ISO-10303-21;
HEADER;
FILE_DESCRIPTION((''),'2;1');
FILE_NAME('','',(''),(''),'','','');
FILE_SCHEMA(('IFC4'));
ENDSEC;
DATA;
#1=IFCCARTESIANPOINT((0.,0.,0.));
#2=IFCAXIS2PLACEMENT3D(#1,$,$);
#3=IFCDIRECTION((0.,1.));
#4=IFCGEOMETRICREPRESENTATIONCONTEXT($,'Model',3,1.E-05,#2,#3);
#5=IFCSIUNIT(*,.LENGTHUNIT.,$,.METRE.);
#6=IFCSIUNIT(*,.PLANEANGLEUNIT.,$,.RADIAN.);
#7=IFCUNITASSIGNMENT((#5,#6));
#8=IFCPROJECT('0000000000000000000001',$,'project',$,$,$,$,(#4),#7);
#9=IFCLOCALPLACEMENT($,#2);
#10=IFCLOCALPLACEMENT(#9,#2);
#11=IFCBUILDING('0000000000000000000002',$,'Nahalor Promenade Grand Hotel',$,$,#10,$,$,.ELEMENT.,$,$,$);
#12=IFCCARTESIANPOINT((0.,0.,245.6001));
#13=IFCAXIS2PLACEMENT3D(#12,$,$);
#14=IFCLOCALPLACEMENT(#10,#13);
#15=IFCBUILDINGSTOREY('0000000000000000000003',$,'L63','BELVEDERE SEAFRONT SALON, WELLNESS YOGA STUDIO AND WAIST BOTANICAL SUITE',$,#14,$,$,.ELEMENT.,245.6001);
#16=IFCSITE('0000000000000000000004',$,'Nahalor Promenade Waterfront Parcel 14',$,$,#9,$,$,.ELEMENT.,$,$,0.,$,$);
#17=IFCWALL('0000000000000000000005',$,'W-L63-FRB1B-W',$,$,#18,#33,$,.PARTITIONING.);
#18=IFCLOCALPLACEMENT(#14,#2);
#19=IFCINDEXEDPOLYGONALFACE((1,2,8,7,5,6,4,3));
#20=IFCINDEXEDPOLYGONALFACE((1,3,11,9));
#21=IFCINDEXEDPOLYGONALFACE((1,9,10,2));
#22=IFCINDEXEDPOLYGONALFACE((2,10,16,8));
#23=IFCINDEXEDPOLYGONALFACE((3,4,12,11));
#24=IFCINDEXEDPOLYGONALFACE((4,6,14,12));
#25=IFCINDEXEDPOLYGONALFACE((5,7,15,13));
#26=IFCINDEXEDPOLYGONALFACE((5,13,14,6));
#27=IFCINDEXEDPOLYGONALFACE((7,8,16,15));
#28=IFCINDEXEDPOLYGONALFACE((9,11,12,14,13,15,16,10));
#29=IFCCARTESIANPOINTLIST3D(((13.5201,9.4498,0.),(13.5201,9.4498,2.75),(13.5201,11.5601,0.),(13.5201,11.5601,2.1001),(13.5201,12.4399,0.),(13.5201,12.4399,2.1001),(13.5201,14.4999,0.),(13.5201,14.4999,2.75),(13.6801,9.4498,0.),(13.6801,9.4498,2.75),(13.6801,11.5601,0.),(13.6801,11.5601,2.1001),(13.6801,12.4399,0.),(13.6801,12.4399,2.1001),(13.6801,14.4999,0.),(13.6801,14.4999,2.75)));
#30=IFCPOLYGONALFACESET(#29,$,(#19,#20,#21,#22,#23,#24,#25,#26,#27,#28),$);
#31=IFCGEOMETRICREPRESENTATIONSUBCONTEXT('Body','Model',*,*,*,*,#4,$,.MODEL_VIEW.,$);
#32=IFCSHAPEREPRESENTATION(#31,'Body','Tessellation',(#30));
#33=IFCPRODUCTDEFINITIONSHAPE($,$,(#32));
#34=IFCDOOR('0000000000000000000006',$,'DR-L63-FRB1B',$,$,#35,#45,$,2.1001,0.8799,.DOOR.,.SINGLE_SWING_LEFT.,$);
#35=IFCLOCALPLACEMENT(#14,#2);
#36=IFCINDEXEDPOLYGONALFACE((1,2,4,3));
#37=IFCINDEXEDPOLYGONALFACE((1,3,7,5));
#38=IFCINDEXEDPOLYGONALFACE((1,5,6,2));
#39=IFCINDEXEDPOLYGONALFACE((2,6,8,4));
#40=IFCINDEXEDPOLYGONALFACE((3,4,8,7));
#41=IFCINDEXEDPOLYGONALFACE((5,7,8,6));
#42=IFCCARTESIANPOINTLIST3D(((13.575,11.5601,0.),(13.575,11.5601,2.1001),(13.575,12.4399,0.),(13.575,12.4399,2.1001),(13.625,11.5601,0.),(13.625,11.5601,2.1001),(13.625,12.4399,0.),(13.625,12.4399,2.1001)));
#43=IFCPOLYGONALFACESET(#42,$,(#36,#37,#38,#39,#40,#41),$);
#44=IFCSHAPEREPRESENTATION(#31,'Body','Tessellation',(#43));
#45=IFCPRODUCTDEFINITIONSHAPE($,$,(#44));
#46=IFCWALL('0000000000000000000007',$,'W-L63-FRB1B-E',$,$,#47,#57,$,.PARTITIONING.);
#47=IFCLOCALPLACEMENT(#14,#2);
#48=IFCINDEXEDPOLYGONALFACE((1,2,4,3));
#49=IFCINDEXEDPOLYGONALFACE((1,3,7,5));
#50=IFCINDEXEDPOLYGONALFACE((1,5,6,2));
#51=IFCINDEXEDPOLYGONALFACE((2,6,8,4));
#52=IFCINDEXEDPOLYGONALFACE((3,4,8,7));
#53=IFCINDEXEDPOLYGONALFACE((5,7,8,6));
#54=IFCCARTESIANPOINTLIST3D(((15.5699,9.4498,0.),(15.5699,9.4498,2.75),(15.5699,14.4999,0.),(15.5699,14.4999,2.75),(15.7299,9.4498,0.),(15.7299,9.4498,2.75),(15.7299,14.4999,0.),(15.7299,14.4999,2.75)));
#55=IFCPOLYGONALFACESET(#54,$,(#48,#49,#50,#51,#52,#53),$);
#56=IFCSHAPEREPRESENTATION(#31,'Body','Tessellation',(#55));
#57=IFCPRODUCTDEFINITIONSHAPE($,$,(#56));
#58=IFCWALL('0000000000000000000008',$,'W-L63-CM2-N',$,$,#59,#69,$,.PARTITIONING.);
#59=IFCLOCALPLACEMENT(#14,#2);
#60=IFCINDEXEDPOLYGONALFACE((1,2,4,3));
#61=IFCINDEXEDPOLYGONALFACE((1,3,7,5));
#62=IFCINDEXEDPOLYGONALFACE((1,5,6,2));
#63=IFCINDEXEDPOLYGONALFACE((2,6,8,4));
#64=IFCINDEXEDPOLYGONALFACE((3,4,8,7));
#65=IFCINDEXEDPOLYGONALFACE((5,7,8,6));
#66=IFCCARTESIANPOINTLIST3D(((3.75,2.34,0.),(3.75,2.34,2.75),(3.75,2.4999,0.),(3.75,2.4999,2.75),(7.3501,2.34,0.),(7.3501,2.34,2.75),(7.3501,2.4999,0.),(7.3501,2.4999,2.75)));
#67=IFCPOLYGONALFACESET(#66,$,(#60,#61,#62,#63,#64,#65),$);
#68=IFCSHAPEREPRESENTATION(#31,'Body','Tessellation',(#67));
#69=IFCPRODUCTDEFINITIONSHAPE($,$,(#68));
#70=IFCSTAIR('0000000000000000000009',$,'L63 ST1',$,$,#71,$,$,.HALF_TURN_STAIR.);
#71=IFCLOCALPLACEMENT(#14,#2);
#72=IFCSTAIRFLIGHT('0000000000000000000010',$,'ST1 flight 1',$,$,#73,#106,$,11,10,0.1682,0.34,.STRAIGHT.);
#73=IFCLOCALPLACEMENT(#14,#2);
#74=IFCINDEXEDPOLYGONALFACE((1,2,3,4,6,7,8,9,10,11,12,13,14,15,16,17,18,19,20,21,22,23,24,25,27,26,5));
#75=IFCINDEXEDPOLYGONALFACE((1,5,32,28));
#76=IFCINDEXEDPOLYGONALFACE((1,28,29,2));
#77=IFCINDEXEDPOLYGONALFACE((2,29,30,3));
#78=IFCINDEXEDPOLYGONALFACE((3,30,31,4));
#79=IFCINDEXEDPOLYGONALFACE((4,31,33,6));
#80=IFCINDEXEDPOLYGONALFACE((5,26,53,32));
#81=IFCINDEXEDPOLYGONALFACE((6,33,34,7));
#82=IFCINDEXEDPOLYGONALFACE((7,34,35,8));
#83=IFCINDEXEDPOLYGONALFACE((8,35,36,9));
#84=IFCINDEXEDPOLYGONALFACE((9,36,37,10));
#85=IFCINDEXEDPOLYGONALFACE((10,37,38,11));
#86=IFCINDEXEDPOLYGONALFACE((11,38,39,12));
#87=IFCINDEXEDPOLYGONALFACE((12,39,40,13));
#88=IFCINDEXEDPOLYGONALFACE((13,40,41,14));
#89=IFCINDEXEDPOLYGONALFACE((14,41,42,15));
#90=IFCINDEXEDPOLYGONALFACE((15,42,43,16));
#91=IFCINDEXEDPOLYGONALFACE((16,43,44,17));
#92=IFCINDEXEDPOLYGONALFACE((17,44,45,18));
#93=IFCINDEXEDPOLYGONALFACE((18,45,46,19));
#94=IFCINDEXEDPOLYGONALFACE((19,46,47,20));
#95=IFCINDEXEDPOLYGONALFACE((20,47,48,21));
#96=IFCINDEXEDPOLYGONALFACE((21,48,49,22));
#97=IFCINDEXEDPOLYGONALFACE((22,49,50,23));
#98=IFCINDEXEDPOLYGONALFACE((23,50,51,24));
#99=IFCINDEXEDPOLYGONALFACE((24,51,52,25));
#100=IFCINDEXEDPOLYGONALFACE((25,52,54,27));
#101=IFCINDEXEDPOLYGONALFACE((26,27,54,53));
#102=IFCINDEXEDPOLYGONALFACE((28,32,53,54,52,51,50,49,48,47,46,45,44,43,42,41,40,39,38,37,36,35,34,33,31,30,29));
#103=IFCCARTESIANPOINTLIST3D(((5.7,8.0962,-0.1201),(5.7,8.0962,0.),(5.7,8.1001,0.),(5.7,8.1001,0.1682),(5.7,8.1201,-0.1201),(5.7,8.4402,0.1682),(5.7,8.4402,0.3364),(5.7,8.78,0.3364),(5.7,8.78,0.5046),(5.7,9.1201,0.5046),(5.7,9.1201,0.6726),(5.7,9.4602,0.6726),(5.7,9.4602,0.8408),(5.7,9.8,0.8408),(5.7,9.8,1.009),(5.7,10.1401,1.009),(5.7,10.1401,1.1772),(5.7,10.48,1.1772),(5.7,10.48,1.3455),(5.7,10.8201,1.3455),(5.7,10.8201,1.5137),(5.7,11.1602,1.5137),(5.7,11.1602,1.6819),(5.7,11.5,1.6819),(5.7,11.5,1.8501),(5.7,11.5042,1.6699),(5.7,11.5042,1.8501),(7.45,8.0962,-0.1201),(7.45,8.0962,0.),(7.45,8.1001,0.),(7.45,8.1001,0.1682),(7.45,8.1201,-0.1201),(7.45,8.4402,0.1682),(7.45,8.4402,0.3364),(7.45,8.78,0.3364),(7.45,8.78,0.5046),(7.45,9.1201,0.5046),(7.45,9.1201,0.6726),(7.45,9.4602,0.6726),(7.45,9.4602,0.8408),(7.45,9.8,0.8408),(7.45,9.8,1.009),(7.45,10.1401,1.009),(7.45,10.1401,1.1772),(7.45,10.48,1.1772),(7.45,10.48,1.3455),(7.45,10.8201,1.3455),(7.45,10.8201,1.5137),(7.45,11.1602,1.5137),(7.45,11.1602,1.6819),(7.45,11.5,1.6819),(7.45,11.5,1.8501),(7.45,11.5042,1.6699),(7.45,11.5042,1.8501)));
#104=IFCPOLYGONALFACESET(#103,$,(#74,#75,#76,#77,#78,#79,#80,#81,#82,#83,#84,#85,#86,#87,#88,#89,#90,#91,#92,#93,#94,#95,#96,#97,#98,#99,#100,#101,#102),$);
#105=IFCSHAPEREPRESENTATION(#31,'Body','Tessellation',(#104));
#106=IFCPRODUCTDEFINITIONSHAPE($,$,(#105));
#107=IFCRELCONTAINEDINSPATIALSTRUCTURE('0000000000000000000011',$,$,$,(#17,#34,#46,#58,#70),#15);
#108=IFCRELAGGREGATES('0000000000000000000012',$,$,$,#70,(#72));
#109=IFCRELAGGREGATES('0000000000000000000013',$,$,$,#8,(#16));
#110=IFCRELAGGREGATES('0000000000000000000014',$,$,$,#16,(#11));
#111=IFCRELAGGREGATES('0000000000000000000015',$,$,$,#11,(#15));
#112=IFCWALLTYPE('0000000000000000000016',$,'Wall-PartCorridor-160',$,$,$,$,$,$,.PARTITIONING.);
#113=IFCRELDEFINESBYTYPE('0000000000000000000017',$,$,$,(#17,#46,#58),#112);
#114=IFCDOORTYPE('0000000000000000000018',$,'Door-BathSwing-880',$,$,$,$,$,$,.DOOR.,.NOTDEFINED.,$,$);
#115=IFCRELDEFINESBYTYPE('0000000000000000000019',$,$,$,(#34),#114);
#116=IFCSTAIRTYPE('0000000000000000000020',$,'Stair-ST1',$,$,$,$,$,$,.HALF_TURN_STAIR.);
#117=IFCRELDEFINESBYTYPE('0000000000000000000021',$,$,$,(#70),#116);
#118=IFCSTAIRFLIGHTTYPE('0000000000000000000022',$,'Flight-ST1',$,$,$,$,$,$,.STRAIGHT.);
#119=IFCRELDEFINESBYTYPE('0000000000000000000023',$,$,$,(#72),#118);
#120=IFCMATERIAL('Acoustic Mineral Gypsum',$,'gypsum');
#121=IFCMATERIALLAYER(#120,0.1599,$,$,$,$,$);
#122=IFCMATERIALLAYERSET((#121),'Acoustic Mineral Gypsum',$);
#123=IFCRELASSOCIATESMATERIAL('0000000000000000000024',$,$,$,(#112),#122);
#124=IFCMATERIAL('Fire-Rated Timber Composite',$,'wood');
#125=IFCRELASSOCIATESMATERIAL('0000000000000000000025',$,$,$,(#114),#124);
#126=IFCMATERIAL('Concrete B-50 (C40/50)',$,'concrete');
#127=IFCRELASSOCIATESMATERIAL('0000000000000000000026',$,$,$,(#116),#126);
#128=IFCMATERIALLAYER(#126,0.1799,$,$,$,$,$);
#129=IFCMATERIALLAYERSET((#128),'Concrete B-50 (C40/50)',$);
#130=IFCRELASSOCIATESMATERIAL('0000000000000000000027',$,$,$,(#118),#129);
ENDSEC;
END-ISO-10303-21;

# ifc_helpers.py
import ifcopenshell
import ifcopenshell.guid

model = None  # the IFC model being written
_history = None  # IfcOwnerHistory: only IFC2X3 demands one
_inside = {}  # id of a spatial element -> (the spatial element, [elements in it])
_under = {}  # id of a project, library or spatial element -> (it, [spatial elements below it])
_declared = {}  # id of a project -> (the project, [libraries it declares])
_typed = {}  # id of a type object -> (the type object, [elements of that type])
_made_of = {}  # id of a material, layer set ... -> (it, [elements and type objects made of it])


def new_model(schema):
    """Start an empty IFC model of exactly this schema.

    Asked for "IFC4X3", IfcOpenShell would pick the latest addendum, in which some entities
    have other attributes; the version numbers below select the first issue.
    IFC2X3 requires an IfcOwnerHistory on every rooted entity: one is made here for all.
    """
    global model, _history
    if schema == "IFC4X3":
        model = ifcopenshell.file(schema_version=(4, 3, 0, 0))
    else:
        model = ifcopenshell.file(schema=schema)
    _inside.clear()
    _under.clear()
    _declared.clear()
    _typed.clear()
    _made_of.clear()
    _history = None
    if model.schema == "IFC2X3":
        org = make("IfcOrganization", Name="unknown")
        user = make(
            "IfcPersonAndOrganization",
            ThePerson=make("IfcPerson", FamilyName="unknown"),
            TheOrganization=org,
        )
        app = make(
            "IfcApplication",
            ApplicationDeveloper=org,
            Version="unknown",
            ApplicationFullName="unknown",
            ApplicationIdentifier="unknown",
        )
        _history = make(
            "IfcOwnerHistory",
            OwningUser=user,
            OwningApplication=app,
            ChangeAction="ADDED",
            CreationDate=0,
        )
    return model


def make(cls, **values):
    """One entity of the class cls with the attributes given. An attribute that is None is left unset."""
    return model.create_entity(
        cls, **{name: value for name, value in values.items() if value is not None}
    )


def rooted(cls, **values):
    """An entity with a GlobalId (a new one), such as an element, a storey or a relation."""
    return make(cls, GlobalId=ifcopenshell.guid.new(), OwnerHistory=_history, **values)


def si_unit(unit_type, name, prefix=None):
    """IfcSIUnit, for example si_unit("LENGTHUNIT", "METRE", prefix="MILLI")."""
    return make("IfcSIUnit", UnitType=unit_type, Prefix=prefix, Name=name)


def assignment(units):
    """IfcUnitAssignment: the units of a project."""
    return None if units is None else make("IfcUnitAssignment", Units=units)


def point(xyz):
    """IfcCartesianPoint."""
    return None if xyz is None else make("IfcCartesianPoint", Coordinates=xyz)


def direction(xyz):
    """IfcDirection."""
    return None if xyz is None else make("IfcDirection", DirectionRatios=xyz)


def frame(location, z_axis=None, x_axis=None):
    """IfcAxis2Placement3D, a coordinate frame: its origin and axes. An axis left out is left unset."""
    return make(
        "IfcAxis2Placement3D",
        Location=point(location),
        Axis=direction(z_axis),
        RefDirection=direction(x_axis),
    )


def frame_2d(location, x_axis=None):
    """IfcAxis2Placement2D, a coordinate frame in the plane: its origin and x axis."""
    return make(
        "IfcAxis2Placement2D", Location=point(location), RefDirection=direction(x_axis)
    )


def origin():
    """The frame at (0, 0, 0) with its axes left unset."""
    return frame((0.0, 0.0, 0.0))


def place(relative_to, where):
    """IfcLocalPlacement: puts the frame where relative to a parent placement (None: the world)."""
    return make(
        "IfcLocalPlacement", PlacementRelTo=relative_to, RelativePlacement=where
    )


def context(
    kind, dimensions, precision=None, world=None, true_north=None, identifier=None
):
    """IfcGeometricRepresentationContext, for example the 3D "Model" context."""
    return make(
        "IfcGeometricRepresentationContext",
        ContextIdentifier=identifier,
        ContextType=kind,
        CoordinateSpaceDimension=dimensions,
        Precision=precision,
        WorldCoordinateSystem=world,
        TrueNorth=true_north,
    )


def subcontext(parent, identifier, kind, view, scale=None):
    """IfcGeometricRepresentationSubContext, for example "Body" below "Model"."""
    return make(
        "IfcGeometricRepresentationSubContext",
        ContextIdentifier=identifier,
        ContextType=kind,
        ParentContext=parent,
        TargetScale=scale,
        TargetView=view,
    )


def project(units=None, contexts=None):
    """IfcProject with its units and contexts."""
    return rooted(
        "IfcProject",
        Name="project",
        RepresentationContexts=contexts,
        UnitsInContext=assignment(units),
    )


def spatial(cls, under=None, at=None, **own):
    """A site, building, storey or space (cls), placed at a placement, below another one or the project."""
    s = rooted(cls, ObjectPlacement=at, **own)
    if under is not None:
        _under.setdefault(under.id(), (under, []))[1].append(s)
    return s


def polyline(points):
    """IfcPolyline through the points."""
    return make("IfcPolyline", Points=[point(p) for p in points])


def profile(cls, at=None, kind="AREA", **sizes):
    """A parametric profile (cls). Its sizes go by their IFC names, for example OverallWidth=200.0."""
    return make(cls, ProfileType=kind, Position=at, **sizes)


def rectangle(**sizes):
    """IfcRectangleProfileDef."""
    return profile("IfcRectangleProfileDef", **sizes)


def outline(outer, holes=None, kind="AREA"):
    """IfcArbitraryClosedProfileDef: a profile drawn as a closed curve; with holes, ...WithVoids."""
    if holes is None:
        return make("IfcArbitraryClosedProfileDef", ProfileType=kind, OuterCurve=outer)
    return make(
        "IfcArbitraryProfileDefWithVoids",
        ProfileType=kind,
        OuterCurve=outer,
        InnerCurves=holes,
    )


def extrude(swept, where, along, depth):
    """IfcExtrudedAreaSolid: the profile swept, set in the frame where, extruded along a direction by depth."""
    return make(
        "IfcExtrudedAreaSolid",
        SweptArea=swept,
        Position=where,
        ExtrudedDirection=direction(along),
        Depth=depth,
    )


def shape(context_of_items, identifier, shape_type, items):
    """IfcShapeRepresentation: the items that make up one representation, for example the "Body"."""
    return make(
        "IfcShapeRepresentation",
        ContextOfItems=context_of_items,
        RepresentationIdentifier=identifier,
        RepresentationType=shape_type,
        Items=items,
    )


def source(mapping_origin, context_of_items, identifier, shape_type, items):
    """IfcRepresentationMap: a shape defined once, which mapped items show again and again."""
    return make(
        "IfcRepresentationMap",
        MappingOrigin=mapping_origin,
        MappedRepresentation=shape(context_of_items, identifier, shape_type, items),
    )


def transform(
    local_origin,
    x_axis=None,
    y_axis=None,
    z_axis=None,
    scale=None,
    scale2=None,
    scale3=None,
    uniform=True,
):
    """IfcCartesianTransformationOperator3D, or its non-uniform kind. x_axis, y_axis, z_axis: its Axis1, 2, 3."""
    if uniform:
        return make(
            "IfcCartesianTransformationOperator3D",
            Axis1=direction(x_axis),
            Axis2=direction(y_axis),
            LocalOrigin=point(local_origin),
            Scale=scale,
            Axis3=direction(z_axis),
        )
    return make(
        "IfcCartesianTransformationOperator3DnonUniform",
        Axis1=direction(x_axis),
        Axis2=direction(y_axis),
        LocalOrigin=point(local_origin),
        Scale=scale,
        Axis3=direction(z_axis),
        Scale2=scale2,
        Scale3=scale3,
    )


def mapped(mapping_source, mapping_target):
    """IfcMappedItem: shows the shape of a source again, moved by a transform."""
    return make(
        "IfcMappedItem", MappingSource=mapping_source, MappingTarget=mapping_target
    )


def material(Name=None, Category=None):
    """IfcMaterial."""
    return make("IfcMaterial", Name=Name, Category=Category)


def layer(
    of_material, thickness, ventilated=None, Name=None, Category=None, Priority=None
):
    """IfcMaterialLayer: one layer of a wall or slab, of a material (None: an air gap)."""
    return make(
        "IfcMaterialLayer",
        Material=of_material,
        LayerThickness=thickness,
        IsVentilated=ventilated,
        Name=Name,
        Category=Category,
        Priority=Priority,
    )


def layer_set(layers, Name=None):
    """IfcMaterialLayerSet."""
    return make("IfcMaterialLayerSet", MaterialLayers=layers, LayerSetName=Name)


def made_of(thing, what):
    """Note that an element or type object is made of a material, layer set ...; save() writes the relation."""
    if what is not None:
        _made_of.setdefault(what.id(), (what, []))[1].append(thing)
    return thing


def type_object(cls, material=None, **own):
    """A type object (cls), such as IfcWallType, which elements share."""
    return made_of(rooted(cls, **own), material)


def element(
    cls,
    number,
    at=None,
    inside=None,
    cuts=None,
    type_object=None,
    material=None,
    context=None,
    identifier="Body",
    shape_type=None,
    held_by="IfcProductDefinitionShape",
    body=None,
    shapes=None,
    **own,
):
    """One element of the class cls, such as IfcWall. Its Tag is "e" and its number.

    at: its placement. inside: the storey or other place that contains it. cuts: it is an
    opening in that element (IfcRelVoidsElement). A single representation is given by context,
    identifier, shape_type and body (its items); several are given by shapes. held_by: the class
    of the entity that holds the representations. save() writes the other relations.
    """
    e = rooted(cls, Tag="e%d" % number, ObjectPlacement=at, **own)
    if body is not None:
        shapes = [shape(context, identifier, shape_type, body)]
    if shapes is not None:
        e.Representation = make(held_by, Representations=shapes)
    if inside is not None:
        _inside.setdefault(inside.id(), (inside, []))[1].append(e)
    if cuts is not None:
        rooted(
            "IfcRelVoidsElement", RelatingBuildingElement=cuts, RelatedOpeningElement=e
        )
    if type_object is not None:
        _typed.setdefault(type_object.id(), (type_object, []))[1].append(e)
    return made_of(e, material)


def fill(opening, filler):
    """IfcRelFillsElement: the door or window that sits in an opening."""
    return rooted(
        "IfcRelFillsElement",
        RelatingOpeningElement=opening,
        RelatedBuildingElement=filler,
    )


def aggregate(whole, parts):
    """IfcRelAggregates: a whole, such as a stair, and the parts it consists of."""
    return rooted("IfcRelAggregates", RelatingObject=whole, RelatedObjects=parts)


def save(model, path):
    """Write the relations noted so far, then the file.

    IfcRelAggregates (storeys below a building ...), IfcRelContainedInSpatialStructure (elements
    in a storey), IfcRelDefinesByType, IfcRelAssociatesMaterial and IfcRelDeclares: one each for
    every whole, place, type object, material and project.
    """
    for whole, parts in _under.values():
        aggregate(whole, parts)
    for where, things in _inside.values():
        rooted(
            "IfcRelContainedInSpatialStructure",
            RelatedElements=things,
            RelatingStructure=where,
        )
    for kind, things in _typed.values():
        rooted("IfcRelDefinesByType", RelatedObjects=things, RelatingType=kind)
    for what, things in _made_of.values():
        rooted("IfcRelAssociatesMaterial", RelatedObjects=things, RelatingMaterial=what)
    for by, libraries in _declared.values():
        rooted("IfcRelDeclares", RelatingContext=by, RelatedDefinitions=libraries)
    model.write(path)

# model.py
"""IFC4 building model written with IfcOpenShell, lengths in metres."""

from ifc_helpers import new_model, si_unit, direction, frame, frame_2d, origin, place, context, subcontext, project, spatial, polyline, rectangle, outline, extrude, source, transform, mapped, material, layer, layer_set, type_object, element, fill, aggregate, save


model = new_model("IFC4")

# Units and contexts
model_context = context("Model", 3, precision=1e-05, world=origin(), true_north=direction((0.0, 1.0)))
body_context = subcontext(model_context, "Body", "Model", "MODEL_VIEW")
ifc_project = project(units=[si_unit("LENGTHUNIT", "METRE"), si_unit("PLANEANGLEUNIT", "RADIAN")], contexts=[model_context])

# Site, building, storey
site_placement = place(None, origin())
site = spatial("IfcSite", under=ifc_project, at=site_placement, Name="Nahalor Promenade Waterfront Parcel 14", CompositionType="ELEMENT", RefElevation=0.0)
building_placement = place(site_placement, origin())
building = spatial("IfcBuilding", under=site, at=building_placement, Name="Nahalor Promenade Grand Hotel", CompositionType="ELEMENT")
storey_placement = place(building_placement, frame((0.0, 0.0, 245.6001)))
storey = spatial("IfcBuildingStorey", under=building, at=storey_placement, Name="L63", Description="BELVEDERE SEAFRONT SALON, WELLNESS YOGA STUDIO AND WAIST BOTANICAL SUITE", CompositionType="ELEMENT", Elevation=245.6001)

# Shared definitions
ifc_material_1 = material(Name="Concrete B-50 (C40/50)", Category="concrete")

# Shared definitions
ifc_material_2 = material(Name="Acoustic Mineral Gypsum", Category="gypsum")
ifc_layer_1 = layer(ifc_material_2, 0.1599)
ifc_layer_set_1 = layer_set([ifc_layer_1], Name="Acoustic Mineral Gypsum")
wall_type_1 = type_object("IfcWallType", Name="Wall-PartCorridor-160", PredefinedType="PARTITIONING", material=ifc_layer_set_1)

# Shared definitions
ifc_material_3 = material(Name="Fire-Rated Timber Composite", Category="wood")
door_type_1 = type_object("IfcDoorType", Name="Door-BathSwing-880", OperationType="NOTDEFINED", PredefinedType="DOOR", material=ifc_material_3)
shared_shape_1 = source(origin(), body_context, "Body", "SweptSolid", [
    extrude(rectangle(XDim=0.8799, YDim=2.1001, at=frame_2d((0.4399, 1.05))), frame((0.0, 0.0249, 0.0), z_axis=(0.0, -1.0, 0.0), x_axis=(1.0, 0.0, 0.0)), (0.0, 0.0, 1.0), 0.05),
])

# Wall, opening, door
shared_shape_2 = source(origin(), body_context, "Body", "SweptSolid", [
    extrude(rectangle(XDim=5.05, YDim=0.1599, at=frame_2d((2.5249, 0.0))), origin(), (0.0, 0.0, 1.0), 2.75),
])
wall_1_placement = place(storey_placement, frame((13.6001, 9.45, 0.0), z_axis=(0.0, 0.0, 1.0), x_axis=(0.0, 1.0, 0.0)))
wall_1 = element("IfcWall", 1, at=wall_1_placement, inside=storey, type_object=wall_type_1, Name="W-L63-FRB1B-W", PredefinedType="PARTITIONING", context=body_context, shape_type="MappedRepresentation", body=[
    mapped(shared_shape_2, transform((0.0, 0.0, 0.0), scale=1.0)),
])
opening_1_placement = place(wall_1_placement, frame((2.1101, 0.0, 0.0)))
opening_1 = element("IfcOpeningElement", 2, at=opening_1_placement, cuts=wall_1, PredefinedType="OPENING", context=body_context, shape_type="SweptSolid", body=[
    extrude(rectangle(XDim=0.8799, YDim=2.1001, at=frame_2d((0.4399, 1.05))), frame((0.0, 0.0898, 0.0), z_axis=(0.0, -1.0, 0.0), x_axis=(1.0, 0.0, 0.0)), (0.0, 0.0, 1.0), 0.1799),
])
door_1_placement = place(opening_1_placement, frame((0.8799, 0.0, 0.0), z_axis=(0.0, 0.0, 1.0), x_axis=(-1.0, 0.0, 0.0)))
door_1 = element("IfcDoor", 3, at=door_1_placement, inside=storey, type_object=door_type_1, Name="DR-L63-FRB1B", OperationType="SINGLE_SWING_LEFT", OverallHeight=2.1001, OverallWidth=0.8799, PredefinedType="DOOR", context=body_context, shape_type="MappedRepresentation", body=[
    mapped(shared_shape_1, transform((0.0, 0.0, 0.0), scale=1.0)),
])
fill(opening_1, door_1)

# Walls
wall_2_placement = place(storey_placement, frame((15.6499, 9.45, 0.0), z_axis=(0.0, 0.0, 1.0), x_axis=(0.0, 1.0, 0.0)))
element("IfcWall", 4, at=wall_2_placement, inside=storey, type_object=wall_type_1, Name="W-L63-FRB1B-E", PredefinedType="PARTITIONING", context=body_context, shape_type="MappedRepresentation", body=[
    mapped(shared_shape_2, transform((0.0, 0.0, 0.0), scale=1.0)),
])
shared_shape_3 = source(origin(), body_context, "Body", "SweptSolid", [
    extrude(rectangle(XDim=3.6001, YDim=0.1599, at=frame_2d((1.8, 0.0))), origin(), (0.0, 0.0, 1.0), 2.75),
])
wall_3_placement = place(storey_placement, frame((3.75, 2.4199, 0.0), z_axis=(0.0, 0.0, 1.0), x_axis=(1.0, 0.0, 0.0)))
element("IfcWall", 5, at=wall_3_placement, inside=storey, type_object=wall_type_1, Name="W-L63-CM2-N", PredefinedType="PARTITIONING", context=body_context, shape_type="MappedRepresentation", body=[
    mapped(shared_shape_3, transform((0.0, 0.0, 0.0), scale=1.0)),
])

# Stair, stair flight
stair_type = type_object("IfcStairType", Name="Stair-ST1", PredefinedType="HALF_TURN_STAIR", material=ifc_material_1)
stair_placement = place(storey_placement, origin())
stair = element("IfcStair", 6, at=stair_placement, inside=storey, type_object=stair_type, Name="L63 ST1", PredefinedType="HALF_TURN_STAIR")
ifc_layer_2 = layer(ifc_material_1, 0.1799)
ifc_layer_set_2 = layer_set([ifc_layer_2], Name="Concrete B-50 (C40/50)")
stair_flight_type = type_object("IfcStairFlightType", Name="Flight-ST1", PredefinedType="STRAIGHT", material=ifc_layer_set_2)
shared_shape_4 = source(origin(), body_context, "Body", "SweptSolid", [
    extrude(outline(polyline([(-0.0039, -0.1201), (-0.0039, 0.0), (0.0, 0.0), (0.0, 0.1682), (0.3401, 0.1682), (0.3401, 0.3364), (0.6799, 0.3364), (0.6799, 0.5046), (1.02, 0.5046), (1.02, 0.6726), (1.3601, 0.6726), (1.3601, 0.8408), (1.7, 0.8408), (1.7, 1.009), (2.04, 1.009), (2.04, 1.1772), (2.3799, 1.1772), (2.3799, 1.3455), (2.72, 1.3455), (2.72, 1.5137), (3.0601, 1.5137), (3.0601, 1.6819), (3.3999, 1.6819), (3.3999, 1.8501), (3.4041, 1.8501), (3.4041, 1.6699), (0.02, -0.1201), (-0.0039, -0.1201)])), frame((0.0, 0.875, 0.0), z_axis=(0.0, -1.0, 0.0), x_axis=(1.0, 0.0, 0.0)), (0.0, 0.0, 1.0), 1.75),
])
stair_flight_placement = place(storey_placement, frame((6.575, 8.1001, 0.0), z_axis=(0.0, 0.0, 1.0), x_axis=(0.0, 1.0, 0.0)))
stair_flight = element("IfcStairFlight", 7, at=stair_flight_placement, type_object=stair_flight_type, Name="ST1 flight 1", NumberOfRisers=11, NumberOfTreads=10, PredefinedType="STRAIGHT", RiserHeight=0.1682, TreadLength=0.34, context=body_context, shape_type="MappedRepresentation", body=[
    mapped(shared_shape_4, transform((0.0, 0.0, 0.0), scale=1.0)),
])
aggregate(stair, [stair_flight])

save(model, "model.ifc")
